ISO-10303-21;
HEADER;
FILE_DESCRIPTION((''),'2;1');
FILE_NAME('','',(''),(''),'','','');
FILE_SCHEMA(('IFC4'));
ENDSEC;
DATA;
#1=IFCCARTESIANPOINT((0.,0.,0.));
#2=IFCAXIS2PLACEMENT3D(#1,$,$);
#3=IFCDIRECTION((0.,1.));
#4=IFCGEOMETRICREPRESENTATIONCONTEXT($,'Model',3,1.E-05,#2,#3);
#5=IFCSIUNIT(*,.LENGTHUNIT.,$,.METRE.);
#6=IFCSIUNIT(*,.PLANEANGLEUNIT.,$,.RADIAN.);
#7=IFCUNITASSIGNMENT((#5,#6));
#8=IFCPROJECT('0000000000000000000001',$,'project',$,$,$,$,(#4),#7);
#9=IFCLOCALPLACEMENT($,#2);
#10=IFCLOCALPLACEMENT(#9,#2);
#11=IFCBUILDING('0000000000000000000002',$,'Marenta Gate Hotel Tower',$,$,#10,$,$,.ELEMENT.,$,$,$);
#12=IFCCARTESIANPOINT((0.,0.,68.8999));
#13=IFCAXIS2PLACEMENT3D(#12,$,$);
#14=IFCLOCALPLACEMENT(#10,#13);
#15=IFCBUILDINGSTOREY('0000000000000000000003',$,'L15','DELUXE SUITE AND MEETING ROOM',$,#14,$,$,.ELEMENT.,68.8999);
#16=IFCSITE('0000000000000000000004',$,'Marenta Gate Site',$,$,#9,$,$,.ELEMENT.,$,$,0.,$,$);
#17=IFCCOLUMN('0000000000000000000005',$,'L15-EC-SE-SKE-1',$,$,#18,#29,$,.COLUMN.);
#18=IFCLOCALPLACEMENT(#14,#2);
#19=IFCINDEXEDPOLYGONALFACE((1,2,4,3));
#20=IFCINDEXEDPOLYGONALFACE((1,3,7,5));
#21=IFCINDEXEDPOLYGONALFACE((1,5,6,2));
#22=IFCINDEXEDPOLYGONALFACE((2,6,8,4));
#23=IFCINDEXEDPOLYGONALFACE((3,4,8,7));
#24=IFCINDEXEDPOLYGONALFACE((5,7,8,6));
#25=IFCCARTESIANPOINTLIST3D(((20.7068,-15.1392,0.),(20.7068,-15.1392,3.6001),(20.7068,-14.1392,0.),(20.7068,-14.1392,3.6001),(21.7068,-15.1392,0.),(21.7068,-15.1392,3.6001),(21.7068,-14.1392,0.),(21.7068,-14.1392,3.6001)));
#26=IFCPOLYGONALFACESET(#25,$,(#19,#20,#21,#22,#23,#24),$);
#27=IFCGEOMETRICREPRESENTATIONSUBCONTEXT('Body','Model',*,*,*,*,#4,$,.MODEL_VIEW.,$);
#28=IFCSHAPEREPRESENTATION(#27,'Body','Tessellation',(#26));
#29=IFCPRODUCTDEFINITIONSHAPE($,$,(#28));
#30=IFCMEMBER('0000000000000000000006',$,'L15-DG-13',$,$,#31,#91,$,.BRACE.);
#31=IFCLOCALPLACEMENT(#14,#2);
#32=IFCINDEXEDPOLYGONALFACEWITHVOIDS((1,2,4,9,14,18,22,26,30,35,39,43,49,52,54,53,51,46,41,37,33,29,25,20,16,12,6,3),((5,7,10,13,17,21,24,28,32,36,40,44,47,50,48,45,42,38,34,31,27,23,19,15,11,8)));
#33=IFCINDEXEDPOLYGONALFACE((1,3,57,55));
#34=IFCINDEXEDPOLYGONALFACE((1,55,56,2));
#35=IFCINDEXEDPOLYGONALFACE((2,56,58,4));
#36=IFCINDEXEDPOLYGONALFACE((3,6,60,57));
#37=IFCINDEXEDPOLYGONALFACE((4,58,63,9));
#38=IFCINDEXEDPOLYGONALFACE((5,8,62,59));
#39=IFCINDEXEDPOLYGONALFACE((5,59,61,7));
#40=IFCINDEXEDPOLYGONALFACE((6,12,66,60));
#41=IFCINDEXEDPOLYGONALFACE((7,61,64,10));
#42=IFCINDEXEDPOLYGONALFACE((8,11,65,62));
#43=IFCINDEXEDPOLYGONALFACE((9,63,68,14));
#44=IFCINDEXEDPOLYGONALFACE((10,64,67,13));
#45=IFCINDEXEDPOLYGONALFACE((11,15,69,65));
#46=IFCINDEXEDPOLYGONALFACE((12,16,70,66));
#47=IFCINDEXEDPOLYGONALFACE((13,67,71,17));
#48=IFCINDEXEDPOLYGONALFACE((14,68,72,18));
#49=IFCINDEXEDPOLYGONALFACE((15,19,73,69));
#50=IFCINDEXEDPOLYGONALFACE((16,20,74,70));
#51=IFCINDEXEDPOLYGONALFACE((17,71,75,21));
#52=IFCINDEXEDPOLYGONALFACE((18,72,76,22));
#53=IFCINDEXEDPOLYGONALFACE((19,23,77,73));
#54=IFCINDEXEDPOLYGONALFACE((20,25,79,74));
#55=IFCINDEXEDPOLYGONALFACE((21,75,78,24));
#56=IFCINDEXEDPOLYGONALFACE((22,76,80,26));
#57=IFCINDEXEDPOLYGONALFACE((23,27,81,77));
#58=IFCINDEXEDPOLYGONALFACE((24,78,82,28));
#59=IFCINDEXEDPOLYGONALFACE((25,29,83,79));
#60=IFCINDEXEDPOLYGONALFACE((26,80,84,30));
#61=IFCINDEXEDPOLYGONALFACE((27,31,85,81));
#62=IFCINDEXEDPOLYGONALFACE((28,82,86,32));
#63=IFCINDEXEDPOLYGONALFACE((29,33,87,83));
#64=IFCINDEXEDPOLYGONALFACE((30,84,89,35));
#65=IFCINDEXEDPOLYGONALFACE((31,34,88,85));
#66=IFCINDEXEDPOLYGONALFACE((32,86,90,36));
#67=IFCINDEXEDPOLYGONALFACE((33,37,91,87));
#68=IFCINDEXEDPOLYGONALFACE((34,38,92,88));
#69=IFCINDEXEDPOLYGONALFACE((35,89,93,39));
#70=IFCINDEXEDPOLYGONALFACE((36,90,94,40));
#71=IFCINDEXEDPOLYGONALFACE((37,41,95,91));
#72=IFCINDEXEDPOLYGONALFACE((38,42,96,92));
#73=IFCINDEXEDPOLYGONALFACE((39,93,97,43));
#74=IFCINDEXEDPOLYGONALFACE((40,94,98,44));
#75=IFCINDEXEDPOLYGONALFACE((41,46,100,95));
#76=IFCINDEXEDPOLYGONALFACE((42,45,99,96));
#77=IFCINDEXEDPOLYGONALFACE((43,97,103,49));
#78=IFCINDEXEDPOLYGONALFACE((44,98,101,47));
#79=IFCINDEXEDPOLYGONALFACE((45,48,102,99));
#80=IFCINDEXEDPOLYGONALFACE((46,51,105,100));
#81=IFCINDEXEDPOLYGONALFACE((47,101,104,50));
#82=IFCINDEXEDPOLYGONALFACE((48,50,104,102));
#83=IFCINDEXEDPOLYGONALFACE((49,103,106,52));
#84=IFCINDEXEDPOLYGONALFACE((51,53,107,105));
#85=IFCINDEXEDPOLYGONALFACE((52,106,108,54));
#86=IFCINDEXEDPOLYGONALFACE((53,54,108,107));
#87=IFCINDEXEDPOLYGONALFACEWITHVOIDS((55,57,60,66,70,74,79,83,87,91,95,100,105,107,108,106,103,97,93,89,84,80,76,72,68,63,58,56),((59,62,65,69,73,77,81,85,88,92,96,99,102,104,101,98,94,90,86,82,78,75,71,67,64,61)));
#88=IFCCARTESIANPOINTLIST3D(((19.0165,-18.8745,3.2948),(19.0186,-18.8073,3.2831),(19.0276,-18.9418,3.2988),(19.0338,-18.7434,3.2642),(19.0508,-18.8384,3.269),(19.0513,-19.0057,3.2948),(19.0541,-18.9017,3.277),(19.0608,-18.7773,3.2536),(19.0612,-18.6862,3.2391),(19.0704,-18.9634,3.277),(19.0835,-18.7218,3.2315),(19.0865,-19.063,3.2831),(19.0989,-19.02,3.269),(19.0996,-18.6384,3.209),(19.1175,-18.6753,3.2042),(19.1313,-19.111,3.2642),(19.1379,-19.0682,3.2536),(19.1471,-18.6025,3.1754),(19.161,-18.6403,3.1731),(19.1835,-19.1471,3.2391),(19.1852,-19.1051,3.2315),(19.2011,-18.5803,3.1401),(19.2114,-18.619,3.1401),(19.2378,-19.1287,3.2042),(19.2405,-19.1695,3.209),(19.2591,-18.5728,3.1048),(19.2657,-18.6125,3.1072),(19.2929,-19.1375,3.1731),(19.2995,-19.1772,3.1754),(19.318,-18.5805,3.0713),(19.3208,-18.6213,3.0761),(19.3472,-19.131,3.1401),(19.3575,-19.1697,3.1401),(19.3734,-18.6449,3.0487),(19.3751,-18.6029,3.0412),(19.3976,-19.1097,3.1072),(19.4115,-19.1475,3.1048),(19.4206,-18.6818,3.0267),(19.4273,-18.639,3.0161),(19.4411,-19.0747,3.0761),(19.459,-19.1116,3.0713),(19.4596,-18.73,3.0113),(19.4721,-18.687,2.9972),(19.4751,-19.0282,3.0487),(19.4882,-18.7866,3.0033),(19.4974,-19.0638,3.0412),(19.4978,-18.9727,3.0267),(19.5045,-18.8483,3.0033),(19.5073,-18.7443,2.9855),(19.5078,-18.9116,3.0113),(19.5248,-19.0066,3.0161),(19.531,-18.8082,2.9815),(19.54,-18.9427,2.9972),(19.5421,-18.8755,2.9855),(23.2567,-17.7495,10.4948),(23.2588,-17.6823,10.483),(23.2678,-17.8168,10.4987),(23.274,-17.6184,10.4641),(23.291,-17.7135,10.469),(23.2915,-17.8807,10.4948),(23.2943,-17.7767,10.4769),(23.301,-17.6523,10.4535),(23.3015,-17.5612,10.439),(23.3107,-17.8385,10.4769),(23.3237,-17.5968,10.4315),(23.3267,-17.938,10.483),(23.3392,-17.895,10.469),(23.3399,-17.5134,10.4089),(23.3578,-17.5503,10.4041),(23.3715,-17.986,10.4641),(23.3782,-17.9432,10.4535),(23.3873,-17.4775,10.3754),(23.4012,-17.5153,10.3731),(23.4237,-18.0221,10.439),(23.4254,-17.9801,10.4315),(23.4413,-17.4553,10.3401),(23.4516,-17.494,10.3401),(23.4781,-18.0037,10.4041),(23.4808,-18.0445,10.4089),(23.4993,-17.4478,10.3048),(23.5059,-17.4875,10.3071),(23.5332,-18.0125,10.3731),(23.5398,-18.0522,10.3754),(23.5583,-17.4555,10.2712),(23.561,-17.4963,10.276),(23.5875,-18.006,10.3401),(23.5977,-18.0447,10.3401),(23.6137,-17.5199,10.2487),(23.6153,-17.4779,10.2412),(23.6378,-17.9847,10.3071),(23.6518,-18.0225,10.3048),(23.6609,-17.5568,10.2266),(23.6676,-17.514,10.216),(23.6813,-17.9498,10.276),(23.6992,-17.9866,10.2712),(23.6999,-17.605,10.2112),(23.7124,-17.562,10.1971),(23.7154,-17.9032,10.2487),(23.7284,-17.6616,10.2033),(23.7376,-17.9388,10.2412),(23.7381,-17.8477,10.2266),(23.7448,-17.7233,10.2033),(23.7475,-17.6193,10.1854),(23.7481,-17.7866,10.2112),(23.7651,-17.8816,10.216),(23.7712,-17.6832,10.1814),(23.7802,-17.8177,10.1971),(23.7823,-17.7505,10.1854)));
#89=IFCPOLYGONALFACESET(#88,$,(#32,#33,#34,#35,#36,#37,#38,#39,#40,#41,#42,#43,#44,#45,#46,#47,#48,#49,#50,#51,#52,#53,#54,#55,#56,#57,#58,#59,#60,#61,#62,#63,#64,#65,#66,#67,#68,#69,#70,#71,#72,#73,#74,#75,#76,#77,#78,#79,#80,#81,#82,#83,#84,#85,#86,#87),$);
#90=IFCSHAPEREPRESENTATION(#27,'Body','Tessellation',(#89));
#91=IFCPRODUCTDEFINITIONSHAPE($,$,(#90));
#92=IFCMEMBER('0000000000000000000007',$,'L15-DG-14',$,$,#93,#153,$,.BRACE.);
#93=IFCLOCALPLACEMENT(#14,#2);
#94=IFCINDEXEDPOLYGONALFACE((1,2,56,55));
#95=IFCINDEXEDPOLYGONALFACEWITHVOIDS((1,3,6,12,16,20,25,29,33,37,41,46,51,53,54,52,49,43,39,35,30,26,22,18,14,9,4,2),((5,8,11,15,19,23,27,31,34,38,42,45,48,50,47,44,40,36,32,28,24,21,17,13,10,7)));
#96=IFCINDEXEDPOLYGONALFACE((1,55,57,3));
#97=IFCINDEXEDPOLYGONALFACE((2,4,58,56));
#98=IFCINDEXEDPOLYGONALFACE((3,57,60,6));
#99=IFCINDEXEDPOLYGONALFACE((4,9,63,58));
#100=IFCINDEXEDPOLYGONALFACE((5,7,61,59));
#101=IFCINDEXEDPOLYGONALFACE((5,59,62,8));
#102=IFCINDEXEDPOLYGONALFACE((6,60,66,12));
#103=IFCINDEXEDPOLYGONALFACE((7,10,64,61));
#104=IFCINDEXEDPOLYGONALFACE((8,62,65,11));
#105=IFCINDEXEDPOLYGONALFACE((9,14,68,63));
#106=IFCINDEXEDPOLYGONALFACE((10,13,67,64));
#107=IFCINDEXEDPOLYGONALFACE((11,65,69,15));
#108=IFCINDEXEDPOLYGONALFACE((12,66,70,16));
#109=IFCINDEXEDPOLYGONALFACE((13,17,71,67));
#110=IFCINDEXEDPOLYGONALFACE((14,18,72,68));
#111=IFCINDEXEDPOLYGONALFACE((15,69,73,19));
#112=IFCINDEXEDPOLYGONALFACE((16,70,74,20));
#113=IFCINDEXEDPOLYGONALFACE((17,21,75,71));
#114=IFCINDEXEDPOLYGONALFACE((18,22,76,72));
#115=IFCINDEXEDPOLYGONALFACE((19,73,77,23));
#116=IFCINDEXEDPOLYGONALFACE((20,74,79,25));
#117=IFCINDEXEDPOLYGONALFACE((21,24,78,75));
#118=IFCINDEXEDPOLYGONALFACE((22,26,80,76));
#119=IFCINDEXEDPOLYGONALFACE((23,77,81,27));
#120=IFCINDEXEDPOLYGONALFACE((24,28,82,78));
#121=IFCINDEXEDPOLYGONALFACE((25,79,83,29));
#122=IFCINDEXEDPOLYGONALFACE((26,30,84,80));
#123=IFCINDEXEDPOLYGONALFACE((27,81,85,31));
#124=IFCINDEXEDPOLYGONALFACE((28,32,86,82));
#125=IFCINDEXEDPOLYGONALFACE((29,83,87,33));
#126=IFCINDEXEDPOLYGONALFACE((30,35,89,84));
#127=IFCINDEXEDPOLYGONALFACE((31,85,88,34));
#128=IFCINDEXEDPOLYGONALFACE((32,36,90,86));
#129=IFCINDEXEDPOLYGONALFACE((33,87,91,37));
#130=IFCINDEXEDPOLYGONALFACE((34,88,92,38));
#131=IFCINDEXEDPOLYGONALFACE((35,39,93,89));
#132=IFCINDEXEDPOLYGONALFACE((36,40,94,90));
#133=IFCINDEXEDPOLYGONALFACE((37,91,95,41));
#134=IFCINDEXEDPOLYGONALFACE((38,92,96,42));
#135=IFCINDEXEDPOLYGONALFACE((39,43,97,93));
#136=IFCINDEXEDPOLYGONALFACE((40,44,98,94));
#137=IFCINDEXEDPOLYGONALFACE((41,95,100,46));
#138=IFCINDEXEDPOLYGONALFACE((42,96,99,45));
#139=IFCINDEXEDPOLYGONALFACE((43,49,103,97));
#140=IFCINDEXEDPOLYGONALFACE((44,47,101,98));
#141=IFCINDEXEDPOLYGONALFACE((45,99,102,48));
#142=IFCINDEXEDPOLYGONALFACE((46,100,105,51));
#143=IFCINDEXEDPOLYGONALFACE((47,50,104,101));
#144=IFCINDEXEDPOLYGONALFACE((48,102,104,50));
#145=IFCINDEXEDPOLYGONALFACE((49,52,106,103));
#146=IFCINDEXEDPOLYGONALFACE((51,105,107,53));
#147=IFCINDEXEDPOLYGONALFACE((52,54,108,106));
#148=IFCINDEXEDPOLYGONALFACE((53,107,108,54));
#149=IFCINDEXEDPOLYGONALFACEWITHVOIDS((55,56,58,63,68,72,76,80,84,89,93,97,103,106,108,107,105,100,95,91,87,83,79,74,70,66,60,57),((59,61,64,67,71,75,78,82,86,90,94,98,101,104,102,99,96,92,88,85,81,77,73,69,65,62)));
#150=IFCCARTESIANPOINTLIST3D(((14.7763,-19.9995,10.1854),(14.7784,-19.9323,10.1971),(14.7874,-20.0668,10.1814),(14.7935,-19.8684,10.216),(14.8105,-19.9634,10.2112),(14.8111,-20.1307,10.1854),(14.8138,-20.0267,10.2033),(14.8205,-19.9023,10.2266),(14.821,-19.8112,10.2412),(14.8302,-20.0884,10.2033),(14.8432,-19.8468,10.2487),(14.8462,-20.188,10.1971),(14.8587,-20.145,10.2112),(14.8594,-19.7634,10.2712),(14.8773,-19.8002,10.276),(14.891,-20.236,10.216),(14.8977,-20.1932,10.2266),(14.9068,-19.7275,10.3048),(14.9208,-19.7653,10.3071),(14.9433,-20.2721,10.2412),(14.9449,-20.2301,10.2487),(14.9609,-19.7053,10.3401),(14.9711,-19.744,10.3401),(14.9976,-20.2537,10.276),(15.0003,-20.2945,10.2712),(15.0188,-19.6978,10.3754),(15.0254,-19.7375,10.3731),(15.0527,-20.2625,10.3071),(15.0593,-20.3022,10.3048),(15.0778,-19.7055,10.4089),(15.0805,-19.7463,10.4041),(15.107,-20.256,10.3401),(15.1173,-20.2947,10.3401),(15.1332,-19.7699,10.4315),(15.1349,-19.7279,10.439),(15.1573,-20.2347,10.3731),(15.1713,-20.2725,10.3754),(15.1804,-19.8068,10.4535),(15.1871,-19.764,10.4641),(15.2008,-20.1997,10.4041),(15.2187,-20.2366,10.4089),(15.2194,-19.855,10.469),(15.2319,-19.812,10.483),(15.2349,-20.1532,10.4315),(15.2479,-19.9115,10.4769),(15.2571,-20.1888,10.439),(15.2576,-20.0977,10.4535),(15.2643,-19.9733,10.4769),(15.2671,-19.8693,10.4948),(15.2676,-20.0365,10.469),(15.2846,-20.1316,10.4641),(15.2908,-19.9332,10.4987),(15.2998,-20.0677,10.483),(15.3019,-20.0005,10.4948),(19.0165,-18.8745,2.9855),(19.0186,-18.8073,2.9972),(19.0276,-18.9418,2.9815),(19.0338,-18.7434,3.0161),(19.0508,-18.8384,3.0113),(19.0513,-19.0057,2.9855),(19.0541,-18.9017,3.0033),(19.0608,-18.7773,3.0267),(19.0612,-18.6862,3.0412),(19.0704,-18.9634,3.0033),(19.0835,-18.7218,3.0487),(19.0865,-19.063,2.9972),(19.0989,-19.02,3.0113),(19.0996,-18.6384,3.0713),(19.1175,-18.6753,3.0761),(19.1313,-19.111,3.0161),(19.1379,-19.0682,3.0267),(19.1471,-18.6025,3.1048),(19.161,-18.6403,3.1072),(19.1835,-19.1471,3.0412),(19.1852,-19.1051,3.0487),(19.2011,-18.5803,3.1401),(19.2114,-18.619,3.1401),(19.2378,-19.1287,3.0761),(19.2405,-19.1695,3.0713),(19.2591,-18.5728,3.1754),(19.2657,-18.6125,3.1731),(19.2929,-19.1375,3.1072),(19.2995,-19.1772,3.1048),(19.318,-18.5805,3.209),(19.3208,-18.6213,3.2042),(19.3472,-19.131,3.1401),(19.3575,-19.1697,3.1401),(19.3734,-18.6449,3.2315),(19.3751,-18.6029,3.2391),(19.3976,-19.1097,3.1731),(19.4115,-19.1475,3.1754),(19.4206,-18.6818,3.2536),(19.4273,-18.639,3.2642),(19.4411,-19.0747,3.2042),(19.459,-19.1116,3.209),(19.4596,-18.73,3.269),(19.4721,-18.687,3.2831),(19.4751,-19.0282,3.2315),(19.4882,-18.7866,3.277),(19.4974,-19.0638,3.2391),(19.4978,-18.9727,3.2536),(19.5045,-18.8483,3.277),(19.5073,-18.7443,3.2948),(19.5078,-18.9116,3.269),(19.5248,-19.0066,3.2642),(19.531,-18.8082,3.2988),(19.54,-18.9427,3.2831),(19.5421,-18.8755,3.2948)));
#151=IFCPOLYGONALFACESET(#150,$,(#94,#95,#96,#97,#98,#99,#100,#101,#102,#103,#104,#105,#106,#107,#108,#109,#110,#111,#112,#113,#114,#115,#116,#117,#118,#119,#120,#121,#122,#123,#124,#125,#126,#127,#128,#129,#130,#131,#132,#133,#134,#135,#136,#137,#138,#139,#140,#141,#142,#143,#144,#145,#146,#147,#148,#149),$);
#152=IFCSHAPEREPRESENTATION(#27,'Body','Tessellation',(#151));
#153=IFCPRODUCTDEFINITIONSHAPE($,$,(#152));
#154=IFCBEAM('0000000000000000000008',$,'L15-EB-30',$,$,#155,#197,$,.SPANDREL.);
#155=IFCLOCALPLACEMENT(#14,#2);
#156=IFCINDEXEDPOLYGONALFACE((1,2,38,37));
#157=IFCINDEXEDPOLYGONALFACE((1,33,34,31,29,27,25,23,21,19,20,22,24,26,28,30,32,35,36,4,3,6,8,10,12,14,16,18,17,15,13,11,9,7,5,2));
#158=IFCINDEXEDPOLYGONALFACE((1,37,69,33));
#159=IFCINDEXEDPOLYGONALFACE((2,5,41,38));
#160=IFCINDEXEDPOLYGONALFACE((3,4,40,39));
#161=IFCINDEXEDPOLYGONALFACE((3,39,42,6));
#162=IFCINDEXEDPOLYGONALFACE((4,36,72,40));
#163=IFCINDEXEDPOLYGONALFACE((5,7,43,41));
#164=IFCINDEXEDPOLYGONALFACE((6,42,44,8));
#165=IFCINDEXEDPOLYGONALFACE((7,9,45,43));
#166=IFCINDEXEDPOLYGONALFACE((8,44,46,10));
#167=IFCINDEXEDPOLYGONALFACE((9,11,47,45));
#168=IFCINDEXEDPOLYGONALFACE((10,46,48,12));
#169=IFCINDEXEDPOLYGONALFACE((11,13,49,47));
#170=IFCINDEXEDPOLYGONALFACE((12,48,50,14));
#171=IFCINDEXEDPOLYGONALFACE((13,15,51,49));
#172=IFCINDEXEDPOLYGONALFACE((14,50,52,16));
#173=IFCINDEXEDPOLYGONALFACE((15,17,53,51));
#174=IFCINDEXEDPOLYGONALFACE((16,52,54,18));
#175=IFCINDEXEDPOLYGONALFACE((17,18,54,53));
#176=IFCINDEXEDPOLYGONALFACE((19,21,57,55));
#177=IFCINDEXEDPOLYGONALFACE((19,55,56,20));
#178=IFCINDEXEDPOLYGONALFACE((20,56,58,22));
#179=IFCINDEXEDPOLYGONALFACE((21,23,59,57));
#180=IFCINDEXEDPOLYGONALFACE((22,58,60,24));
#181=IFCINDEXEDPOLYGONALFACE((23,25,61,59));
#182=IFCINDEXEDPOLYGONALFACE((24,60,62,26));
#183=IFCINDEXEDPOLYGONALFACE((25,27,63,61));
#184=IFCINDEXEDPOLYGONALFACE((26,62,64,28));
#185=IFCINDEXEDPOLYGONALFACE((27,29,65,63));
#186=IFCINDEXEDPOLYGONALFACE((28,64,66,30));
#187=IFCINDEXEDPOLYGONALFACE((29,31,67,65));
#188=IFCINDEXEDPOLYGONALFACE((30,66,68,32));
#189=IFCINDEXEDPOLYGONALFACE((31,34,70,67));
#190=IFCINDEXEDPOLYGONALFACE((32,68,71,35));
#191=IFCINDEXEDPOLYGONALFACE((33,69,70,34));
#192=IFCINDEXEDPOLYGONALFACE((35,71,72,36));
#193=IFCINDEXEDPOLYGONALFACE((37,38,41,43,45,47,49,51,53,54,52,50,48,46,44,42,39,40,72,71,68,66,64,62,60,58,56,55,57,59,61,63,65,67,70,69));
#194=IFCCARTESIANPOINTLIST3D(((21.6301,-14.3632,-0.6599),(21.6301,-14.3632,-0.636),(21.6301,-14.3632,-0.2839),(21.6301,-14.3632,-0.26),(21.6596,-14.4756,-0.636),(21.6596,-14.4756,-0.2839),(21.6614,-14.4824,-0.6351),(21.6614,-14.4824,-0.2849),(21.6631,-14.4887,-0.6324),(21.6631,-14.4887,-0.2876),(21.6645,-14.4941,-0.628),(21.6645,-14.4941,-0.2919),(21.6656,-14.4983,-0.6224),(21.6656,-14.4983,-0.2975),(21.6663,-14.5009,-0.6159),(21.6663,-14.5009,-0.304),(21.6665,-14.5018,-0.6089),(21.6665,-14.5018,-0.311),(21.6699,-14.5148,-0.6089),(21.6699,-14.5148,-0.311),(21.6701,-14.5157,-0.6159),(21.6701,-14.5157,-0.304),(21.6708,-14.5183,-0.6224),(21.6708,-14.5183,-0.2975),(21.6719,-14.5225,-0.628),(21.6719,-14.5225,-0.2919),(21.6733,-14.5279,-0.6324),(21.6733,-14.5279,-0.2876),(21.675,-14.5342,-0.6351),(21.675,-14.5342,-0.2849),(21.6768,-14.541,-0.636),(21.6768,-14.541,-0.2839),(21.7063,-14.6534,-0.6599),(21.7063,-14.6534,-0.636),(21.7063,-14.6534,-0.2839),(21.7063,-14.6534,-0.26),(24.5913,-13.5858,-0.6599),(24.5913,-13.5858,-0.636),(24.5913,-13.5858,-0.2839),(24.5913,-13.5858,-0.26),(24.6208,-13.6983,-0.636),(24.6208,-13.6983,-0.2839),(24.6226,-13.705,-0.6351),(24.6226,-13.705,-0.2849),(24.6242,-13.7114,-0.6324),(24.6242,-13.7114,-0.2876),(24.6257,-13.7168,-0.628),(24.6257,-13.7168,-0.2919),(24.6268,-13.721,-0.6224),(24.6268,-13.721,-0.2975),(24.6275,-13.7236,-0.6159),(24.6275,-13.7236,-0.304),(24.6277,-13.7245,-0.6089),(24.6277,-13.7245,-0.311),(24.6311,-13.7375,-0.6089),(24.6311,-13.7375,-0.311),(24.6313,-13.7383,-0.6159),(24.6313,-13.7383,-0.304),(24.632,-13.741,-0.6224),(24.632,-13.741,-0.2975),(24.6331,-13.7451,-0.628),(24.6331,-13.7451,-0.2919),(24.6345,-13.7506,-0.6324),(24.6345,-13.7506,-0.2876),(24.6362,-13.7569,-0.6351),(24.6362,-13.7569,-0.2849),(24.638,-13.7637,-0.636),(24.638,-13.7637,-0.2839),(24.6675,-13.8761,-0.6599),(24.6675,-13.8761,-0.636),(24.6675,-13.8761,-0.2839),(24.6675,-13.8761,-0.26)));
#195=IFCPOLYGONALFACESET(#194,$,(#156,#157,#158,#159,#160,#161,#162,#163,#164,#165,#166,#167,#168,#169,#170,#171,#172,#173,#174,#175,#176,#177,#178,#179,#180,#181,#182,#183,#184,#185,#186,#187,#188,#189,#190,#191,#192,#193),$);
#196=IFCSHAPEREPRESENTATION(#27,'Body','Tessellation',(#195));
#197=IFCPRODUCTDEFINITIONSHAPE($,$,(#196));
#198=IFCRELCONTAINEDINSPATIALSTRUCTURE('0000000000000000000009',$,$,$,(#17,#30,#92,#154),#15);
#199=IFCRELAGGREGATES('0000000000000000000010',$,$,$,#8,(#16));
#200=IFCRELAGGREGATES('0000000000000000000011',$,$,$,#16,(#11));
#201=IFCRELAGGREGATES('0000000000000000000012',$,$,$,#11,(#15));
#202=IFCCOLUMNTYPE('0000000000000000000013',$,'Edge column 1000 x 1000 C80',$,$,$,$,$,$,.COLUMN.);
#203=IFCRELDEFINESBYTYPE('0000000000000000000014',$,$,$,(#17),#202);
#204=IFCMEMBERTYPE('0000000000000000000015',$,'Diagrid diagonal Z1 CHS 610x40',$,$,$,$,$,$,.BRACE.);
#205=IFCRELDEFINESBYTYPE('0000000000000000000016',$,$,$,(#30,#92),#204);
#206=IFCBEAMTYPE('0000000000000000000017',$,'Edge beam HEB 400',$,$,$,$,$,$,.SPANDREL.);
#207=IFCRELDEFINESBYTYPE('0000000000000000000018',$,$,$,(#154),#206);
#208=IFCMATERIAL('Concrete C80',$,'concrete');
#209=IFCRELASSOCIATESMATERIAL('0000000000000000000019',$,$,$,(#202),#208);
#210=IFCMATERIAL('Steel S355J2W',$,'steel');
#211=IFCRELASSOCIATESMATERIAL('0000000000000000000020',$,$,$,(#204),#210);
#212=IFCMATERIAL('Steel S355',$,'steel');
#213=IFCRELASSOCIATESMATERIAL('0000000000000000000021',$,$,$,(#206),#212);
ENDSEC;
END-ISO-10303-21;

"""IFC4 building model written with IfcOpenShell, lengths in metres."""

from ifc_helpers import new_model, si_unit, direction, frame, origin, origin_2d, place, context, subcontext, project, spatial, rectangle, hollow_circle, i_section, extrude, material, material_profile, profile_set, type_object, element, save


model = new_model("IFC4")

# Units and contexts
model_context = context("Model", 3, precision=1e-05, world=origin(), true_north=direction((0.0, 1.0)))
body_context = subcontext(model_context, "Body", "Model", "MODEL_VIEW")
ifc_project = project(units=[si_unit("LENGTHUNIT", "METRE"), si_unit("PLANEANGLEUNIT", "RADIAN")], contexts=[model_context])

# Site, building, storey
site_placement = place(None, origin())
site = spatial("IfcSite", under=ifc_project, at=site_placement, Name="Marenta Gate Site", CompositionType="ELEMENT", RefElevation=0.0)
building_placement = place(site_placement, origin())
building = spatial("IfcBuilding", under=site, at=building_placement, Name="Marenta Gate Hotel Tower", CompositionType="ELEMENT")
storey_placement = place(building_placement, frame((0.0, 0.0, 68.8999)))
storey = spatial("IfcBuildingStorey", under=building, at=storey_placement, Name="L15", Description="DELUXE SUITE AND MEETING ROOM", CompositionType="ELEMENT", Elevation=68.8999)

# Column
ifc_material_1 = material(Name="Concrete C80", Category="concrete")
ifc_material_profile_1 = material_profile(ifc_material_1, rectangle(XDim=1.0, YDim=1.0, at=origin_2d()), Name="1000 x 1000")
ifc_profile_set_1 = profile_set([ifc_material_profile_1], Name="Concrete C80")
column_type = type_object("IfcColumnType", Name="Edge column 1000 x 1000 C80", PredefinedType="COLUMN", material=ifc_profile_set_1)
column_placement = place(storey_placement, frame((21.2068, -14.6392, 0.0), z_axis=(0.0, 0.0, 1.0), x_axis=(1.0, 0.0, 0.0)))
element("IfcColumn", 1, at=column_placement, inside=storey, type_object=column_type, Name="L15-EC-SE-SKE-1", PredefinedType="COLUMN", context=body_context, shape_type="SweptSolid", body=[
    extrude(rectangle(XDim=1.0, YDim=1.0, at=origin_2d()), origin(), (0.0, 0.0, 1.0), 3.6001),
])

# Members
ifc_material_2 = material(Name="Steel S355J2W", Category="steel")
ifc_material_profile_2 = material_profile(ifc_material_2, hollow_circle(Radius=0.3049, WallThickness=0.04, at=origin_2d()), Name="CHS 610x40")
ifc_profile_set_2 = profile_set([ifc_material_profile_2], Name="Steel S355J2W")
member_type_1 = type_object("IfcMemberType", Name="Diagrid diagonal Z1 CHS 610x40", PredefinedType="BRACE", material=ifc_profile_set_2)
for number, where, z_axis, x_axis, name in (
    (2, (19.2793, -18.875, 3.1401), (0.502924, 0.133434, 0.853969), (-0.256443, 0.966559, 0.0), "L15-DG-13"),
    (3, (19.2793, -18.875, 3.1401), (-0.502924, -0.133434, 0.853969), (0.256443, -0.966559, 0.0), "L15-DG-14"),
):
    element("IfcMember", number, at=place(storey_placement, frame(where, z_axis=z_axis, x_axis=x_axis)), inside=storey, type_object=member_type_1, Name=name, PredefinedType="BRACE", context=body_context, shape_type="SweptSolid", body=[
        extrude(hollow_circle(Radius=0.3049, WallThickness=0.04, at=origin_2d()), origin(), (0.0, 0.0, 1.0), 8.4312),
    ])

# Beam
ifc_material_3 = material(Name="Steel S355", Category="steel")
ifc_material_profile_3 = material_profile(ifc_material_3, i_section(OverallWidth=0.3, OverallDepth=0.3999, WebThickness=0.0134, FlangeThickness=0.0239, FilletRadius=0.0271, at=origin_2d()), Name="HEB 400")
ifc_profile_set_3 = profile_set([ifc_material_profile_3], Name="Steel S355")
beam_type = type_object("IfcBeamType", Name="Edge beam HEB 400", PredefinedType="SPANDREL", material=ifc_profile_set_3)
beam_1_placement = place(storey_placement, frame((24.6294, -13.731, -0.46), z_axis=(-0.967228, -0.253908, 0.0), x_axis=(0.253908, -0.967228, 0.0)))
element("IfcBeam", 4, at=beam_1_placement, inside=storey, type_object=beam_type, Name="L15-EB-30", PredefinedType="SPANDREL", context=body_context, shape_type="SweptSolid", body=[
    extrude(i_section(OverallWidth=0.3, OverallDepth=0.3999, WebThickness=0.0134, FlangeThickness=0.0239, FilletRadius=0.0271, at=origin_2d()), origin(), (0.0, 0.0, 1.0), 3.0615),
])

save(model, "model.ifc")
